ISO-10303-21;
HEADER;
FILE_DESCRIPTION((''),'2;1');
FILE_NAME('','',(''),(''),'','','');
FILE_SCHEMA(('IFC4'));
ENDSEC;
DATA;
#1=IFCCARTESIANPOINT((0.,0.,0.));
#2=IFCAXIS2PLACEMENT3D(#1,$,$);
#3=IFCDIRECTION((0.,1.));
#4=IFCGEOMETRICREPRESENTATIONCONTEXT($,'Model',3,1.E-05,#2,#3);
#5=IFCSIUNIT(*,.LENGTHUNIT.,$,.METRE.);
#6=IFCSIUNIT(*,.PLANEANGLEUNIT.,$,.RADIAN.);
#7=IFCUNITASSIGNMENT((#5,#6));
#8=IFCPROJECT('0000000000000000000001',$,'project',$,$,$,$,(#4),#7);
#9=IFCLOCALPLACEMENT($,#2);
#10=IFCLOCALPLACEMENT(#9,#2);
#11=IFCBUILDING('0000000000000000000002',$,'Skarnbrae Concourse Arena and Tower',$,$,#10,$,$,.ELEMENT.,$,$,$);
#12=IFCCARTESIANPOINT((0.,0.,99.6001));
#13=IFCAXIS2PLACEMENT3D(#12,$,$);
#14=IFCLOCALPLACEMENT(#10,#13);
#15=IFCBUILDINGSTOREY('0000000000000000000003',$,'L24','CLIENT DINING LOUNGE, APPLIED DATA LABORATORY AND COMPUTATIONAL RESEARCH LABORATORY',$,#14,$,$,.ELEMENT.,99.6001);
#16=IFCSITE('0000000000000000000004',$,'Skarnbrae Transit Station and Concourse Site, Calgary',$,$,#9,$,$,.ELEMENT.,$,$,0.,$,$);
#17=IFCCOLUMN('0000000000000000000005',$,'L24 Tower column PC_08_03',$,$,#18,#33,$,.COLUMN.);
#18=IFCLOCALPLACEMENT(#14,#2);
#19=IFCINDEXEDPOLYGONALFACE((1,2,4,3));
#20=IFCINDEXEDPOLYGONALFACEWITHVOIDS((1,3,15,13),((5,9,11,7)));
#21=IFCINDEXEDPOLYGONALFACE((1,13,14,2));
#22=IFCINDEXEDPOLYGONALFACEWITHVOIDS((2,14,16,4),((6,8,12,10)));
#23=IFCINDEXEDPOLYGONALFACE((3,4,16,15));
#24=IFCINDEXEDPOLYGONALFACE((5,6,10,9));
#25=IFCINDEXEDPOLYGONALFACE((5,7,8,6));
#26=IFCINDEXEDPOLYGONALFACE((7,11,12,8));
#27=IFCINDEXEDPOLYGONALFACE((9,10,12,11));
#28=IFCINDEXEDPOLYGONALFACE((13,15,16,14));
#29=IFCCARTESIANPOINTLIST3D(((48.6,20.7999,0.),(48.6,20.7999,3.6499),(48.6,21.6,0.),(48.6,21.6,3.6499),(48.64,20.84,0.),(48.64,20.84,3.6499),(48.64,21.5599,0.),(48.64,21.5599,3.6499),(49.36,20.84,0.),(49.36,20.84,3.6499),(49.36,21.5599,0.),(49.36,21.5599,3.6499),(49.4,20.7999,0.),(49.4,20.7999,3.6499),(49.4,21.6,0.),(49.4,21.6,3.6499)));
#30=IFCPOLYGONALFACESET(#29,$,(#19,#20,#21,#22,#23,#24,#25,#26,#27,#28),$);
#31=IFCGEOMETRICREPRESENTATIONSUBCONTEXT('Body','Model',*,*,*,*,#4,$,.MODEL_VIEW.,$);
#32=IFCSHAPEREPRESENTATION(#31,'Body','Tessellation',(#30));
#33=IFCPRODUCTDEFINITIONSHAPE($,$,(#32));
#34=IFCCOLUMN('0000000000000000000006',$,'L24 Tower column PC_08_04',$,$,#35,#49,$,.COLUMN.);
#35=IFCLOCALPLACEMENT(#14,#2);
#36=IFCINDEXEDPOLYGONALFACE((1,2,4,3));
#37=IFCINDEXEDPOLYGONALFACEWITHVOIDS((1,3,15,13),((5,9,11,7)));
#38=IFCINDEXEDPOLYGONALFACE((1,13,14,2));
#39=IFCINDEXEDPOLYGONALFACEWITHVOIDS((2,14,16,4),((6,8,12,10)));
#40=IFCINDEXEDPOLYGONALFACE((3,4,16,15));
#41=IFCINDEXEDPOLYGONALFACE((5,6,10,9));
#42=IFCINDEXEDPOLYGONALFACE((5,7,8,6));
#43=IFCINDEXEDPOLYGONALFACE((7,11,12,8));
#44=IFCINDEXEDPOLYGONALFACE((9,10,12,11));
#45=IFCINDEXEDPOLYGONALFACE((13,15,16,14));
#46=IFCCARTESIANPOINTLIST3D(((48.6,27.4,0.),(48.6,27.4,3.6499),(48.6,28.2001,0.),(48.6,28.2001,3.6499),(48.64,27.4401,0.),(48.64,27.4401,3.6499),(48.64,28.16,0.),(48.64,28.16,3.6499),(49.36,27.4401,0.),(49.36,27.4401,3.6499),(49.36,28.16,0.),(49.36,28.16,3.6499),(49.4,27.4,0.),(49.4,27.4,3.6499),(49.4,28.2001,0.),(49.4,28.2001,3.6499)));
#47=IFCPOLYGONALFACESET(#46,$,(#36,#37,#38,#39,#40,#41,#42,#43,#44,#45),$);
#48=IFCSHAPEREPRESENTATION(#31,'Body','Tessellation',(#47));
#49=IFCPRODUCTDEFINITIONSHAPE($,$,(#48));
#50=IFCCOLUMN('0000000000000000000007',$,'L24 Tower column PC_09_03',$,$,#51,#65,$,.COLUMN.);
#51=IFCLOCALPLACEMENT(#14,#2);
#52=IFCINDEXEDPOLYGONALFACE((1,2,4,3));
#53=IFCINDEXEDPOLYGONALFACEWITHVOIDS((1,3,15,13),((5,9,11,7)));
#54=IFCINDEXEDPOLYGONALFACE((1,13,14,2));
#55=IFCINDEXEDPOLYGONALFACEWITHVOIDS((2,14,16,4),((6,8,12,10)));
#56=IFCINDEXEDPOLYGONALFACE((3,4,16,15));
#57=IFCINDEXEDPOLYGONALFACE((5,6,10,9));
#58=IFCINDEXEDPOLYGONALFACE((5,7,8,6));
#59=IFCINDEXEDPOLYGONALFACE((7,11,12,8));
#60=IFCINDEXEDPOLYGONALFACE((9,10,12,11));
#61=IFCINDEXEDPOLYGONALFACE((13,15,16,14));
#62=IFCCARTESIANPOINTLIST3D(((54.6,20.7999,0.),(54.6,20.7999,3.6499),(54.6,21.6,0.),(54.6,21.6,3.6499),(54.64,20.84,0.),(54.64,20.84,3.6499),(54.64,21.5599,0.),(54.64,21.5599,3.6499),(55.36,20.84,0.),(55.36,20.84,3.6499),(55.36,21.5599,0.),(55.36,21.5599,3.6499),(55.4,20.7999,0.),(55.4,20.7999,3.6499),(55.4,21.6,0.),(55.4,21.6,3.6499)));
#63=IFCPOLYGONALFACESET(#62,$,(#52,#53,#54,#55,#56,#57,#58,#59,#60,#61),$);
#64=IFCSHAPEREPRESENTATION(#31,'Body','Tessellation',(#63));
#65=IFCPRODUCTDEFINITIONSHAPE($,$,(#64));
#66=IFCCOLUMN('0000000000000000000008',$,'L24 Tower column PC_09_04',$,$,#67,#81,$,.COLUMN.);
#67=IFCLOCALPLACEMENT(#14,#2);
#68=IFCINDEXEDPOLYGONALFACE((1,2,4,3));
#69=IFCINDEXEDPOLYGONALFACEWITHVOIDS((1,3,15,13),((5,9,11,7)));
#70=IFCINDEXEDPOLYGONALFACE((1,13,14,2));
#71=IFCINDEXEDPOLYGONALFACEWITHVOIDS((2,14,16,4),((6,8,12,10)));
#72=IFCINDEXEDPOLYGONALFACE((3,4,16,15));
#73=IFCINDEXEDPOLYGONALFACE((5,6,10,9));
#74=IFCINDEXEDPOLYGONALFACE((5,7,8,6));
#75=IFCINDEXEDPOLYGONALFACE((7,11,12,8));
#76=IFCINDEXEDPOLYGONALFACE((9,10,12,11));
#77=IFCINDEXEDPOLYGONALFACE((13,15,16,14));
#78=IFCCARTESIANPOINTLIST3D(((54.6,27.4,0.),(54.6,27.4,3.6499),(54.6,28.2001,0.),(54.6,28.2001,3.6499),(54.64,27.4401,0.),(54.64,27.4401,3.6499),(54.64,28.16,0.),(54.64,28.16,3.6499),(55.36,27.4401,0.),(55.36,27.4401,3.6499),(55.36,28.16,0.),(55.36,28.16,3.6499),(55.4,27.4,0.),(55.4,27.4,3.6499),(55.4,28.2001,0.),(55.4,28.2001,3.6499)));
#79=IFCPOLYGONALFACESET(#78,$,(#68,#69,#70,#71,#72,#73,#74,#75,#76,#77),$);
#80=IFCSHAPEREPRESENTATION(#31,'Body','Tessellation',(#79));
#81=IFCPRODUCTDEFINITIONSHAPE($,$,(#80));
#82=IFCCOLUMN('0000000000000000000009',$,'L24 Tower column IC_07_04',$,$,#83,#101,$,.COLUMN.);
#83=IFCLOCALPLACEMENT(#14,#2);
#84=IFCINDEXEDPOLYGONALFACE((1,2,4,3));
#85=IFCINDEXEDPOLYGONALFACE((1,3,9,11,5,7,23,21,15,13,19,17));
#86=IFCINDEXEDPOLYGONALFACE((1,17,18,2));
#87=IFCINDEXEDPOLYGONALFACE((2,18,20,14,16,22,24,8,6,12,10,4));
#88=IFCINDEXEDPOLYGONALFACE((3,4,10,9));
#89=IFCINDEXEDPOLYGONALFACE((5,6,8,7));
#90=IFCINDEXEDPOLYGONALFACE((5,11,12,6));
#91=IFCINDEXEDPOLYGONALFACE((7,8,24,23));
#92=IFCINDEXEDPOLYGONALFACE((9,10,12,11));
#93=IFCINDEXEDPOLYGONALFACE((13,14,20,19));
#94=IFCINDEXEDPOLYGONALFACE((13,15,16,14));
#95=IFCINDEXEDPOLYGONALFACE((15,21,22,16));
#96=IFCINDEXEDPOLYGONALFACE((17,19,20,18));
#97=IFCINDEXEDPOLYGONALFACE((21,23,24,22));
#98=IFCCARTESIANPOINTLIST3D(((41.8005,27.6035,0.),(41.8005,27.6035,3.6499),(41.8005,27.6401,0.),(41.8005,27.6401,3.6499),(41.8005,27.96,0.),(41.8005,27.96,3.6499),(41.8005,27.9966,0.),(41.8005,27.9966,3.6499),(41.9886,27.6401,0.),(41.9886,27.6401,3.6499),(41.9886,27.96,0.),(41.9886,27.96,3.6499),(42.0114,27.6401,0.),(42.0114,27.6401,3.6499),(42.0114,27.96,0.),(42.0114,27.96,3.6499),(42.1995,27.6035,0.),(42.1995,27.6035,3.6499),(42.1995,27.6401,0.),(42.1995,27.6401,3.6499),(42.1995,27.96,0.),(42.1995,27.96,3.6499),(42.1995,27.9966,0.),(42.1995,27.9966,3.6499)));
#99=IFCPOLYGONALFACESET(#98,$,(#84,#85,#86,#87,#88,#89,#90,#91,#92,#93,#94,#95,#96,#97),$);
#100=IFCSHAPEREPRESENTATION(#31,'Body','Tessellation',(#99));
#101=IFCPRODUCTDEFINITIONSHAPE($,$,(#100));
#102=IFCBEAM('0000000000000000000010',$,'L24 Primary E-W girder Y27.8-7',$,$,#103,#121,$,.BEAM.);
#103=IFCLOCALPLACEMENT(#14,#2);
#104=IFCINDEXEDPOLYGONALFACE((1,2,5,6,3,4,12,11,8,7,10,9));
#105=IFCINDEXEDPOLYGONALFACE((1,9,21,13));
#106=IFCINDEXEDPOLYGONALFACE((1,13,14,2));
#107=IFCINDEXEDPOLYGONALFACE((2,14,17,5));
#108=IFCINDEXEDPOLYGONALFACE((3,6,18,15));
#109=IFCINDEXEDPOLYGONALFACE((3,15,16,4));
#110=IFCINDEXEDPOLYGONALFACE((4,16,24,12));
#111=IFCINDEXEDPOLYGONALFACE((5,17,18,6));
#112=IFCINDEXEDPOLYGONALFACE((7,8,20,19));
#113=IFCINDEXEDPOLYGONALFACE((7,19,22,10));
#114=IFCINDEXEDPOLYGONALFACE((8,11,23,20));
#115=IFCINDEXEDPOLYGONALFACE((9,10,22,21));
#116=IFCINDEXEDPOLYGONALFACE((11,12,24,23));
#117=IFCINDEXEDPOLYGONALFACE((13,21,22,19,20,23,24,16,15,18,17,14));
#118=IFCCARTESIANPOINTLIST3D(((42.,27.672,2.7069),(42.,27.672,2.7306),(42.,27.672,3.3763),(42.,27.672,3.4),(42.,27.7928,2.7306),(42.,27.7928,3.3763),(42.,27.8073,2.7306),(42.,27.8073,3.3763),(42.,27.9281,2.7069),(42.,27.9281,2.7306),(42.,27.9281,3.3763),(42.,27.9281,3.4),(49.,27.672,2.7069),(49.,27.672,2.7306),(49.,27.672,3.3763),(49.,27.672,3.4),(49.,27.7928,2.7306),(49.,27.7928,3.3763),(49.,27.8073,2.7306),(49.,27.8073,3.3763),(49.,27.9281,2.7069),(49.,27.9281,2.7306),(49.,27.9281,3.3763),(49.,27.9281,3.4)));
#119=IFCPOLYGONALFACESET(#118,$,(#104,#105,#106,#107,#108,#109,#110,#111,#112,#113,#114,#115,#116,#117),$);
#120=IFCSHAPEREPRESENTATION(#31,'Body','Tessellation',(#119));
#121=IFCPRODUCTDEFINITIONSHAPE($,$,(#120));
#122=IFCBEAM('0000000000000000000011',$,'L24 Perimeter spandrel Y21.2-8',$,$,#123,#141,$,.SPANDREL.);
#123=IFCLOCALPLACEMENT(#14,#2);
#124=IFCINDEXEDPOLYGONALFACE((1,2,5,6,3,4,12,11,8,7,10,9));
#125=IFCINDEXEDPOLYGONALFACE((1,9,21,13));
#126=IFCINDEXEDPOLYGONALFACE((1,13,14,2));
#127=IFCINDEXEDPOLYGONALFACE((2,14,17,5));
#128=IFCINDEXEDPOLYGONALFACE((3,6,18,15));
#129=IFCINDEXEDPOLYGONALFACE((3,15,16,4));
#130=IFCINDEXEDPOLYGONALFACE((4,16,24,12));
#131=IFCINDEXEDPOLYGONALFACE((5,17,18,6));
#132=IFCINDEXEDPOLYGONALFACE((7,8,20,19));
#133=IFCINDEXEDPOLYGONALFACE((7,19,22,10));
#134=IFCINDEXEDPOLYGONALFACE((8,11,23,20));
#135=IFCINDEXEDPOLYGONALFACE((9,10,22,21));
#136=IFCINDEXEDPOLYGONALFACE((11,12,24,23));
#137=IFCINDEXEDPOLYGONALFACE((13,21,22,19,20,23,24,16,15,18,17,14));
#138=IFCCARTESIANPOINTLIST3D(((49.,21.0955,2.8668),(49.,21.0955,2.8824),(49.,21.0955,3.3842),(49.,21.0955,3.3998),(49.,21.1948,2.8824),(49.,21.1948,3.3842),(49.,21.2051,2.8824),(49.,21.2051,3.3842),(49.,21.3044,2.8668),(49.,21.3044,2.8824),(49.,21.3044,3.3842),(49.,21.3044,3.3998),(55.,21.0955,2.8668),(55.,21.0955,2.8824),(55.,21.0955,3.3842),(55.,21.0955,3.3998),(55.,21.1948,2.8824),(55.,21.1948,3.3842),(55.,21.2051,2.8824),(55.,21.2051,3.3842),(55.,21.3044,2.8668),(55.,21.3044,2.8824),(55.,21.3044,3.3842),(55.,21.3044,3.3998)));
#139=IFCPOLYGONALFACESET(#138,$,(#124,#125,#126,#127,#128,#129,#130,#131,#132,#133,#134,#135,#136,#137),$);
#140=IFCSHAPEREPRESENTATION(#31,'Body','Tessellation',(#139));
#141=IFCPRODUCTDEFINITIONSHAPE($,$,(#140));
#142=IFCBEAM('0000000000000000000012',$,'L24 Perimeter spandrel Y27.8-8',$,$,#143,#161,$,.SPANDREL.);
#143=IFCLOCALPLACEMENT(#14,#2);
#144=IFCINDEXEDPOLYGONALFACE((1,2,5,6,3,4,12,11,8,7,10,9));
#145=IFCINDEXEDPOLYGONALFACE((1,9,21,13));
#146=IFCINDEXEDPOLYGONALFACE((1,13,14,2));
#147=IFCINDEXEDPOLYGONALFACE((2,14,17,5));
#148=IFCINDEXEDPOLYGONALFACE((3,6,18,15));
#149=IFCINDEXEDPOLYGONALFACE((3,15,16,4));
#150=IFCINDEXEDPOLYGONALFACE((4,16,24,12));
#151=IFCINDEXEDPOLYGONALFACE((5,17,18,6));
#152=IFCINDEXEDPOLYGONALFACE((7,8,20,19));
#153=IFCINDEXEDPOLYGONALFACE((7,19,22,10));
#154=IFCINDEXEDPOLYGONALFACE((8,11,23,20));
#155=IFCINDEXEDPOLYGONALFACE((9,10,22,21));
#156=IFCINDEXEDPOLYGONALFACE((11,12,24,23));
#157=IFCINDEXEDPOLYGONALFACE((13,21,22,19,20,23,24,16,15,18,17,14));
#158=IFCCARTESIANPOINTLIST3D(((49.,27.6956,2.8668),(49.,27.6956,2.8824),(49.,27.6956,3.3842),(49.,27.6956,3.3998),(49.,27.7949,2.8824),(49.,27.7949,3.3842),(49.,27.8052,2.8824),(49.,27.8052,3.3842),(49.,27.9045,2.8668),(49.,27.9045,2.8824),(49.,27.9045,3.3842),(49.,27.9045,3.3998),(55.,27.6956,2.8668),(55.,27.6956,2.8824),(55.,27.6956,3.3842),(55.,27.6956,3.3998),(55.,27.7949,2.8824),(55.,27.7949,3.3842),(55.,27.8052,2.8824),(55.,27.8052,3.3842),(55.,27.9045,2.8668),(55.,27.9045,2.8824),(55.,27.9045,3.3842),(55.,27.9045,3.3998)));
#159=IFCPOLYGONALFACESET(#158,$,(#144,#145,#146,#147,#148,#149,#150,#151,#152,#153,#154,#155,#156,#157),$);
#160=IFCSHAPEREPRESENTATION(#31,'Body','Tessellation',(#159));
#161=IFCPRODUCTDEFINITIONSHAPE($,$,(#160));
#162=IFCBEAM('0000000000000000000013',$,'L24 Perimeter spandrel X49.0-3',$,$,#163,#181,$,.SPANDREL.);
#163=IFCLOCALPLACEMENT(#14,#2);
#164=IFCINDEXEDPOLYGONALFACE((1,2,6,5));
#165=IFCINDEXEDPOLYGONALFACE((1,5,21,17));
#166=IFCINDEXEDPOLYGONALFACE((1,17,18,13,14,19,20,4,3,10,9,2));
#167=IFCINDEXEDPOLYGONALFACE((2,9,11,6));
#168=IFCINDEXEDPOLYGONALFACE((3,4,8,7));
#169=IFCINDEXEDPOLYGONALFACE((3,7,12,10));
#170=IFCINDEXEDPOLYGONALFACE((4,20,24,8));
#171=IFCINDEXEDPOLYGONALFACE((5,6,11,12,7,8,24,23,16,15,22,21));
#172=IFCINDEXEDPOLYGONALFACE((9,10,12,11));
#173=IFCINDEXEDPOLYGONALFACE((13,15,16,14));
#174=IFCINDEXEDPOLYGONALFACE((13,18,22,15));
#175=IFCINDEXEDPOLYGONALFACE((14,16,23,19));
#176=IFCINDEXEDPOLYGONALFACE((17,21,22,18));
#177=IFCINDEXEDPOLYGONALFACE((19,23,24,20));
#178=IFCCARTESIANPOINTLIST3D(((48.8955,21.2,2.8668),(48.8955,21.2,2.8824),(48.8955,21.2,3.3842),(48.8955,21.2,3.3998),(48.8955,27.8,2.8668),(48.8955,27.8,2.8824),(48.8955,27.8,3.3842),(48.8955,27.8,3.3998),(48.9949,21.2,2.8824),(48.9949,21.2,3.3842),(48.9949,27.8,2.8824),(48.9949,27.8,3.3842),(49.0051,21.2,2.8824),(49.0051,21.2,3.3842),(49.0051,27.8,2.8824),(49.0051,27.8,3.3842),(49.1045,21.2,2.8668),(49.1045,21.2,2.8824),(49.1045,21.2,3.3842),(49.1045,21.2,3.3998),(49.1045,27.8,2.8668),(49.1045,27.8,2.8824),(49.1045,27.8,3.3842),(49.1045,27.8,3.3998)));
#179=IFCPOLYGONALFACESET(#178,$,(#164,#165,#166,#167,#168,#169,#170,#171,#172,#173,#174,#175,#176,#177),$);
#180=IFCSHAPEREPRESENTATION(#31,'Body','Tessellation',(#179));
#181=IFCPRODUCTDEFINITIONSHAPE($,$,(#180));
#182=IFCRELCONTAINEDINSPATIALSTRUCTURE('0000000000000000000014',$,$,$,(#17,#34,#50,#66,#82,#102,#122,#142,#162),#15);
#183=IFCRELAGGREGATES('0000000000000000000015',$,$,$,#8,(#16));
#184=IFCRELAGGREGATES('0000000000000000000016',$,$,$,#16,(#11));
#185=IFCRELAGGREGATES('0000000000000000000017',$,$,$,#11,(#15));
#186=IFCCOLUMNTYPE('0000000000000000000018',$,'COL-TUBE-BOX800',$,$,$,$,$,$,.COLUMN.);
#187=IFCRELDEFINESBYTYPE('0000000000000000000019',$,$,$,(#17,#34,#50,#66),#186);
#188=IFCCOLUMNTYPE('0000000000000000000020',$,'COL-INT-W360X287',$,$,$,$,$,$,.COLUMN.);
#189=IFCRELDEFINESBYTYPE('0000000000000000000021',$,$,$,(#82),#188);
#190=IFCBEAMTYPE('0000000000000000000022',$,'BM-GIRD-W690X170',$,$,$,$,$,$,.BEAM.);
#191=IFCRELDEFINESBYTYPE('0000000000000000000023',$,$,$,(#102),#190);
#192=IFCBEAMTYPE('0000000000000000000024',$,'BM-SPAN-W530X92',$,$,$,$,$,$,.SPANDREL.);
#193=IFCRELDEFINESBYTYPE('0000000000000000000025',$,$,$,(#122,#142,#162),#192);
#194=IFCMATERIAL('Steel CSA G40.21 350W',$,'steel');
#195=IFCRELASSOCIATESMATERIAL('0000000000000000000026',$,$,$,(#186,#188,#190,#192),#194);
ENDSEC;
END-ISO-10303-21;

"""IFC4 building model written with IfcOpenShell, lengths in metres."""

from ifc_helpers import new_model, si_unit, direction, frame, origin, origin_2d, place, context, subcontext, project, spatial, hollow_rectangle, i_section, extrude, source, transform, mapped, material, material_profile, profile_set, type_object, element, save


model = new_model("IFC4")

# Units and contexts
model_context = context("Model", 3, precision=1e-05, world=origin(), true_north=direction((0.0, 1.0)))
body_context = subcontext(model_context, "Body", "Model", "MODEL_VIEW")
ifc_project = project(units=[si_unit("LENGTHUNIT", "METRE"), si_unit("PLANEANGLEUNIT", "RADIAN")], contexts=[model_context])

# Site, building, storey
site_placement = place(None, origin())
site = spatial("IfcSite", under=ifc_project, at=site_placement, Name="Skarnbrae Transit Station and Concourse Site, Calgary", CompositionType="ELEMENT", RefElevation=0.0)
building_placement = place(site_placement, origin())
building = spatial("IfcBuilding", under=site, at=building_placement, Name="Skarnbrae Concourse Arena and Tower", CompositionType="ELEMENT")
storey_placement = place(building_placement, frame((0.0, 0.0, 99.6001)))
storey = spatial("IfcBuildingStorey", under=building, at=storey_placement, Name="L24", Description="CLIENT DINING LOUNGE, APPLIED DATA LABORATORY AND COMPUTATIONAL RESEARCH LABORATORY", CompositionType="ELEMENT", Elevation=99.6001)

# Columns
ifc_material_1 = material(Name="Steel CSA G40.21 350W", Category="steel")
ifc_material_profile_1 = material_profile(ifc_material_1, hollow_rectangle(XDim=0.8, YDim=0.8, WallThickness=0.04, at=origin_2d()), Name="BOX800X800X40")
ifc_profile_set_1 = profile_set([ifc_material_profile_1], Name="Steel CSA G40.21 350W")
column_type_1 = type_object("IfcColumnType", Name="COL-TUBE-BOX800", PredefinedType="COLUMN", material=ifc_profile_set_1)
shared_shape_1 = source(origin(), body_context, "Body", "SweptSolid", [
    extrude(hollow_rectangle(XDim=0.8, YDim=0.8, WallThickness=0.04, at=origin_2d()), origin(), (0.0, 0.0, 1.0), 3.6499),
])
for number, where, z_axis, x_axis, name in (
    (1, (49.0, 21.2, 0.0), (0.0, 0.0, 1.0), (1.0, 0.0, 0.0), "L24 Tower column PC_08_03"),
    (2, (49.0, 27.8, 0.0), (0.0, 0.0, 1.0), (1.0, 0.0, 0.0), "L24 Tower column PC_08_04"),
    (3, (55.0, 21.2, 0.0), (0.0, 0.0, 1.0), (1.0, 0.0, 0.0), "L24 Tower column PC_09_03"),
    (4, (55.0, 27.8, 0.0), (0.0, 0.0, 1.0), (1.0, 0.0, 0.0), "L24 Tower column PC_09_04"),
):
    element("IfcColumn", number, at=place(storey_placement, frame(where, z_axis=z_axis, x_axis=x_axis)), inside=storey, type_object=column_type_1, Name=name, PredefinedType="COLUMN", context=body_context, shape_type="MappedRepresentation", body=[
        mapped(shared_shape_1, transform((0.0, 0.0, 0.0))),
    ])
ifc_material_profile_2 = material_profile(ifc_material_1, i_section(OverallWidth=0.3989, OverallDepth=0.3931, WebThickness=0.0227, FlangeThickness=0.0366, at=origin_2d()), Name="W360X287")
ifc_profile_set_2 = profile_set([ifc_material_profile_2], Name="Steel CSA G40.21 350W")
column_type_2 = type_object("IfcColumnType", Name="COL-INT-W360X287", PredefinedType="COLUMN", material=ifc_profile_set_2)
shared_shape_2 = source(origin(), body_context, "Body", "SweptSolid", [
    extrude(i_section(OverallWidth=0.3989, OverallDepth=0.3931, WebThickness=0.0227, FlangeThickness=0.0366, at=origin_2d()), origin(), (0.0, 0.0, 1.0), 3.6499),
])
column_placement = place(storey_placement, frame((42.0, 27.8, 0.0), z_axis=(0.0, 0.0, 1.0), x_axis=(1.0, 0.0, 0.0)))
element("IfcColumn", 5, at=column_placement, inside=storey, type_object=column_type_2, Name="L24 Tower column IC_07_04", PredefinedType="COLUMN", context=body_context, shape_type="MappedRepresentation", body=[
    mapped(shared_shape_2, transform((0.0, 0.0, 0.0))),
])

# Beams
ifc_material_profile_3 = material_profile(ifc_material_1, i_section(OverallWidth=0.2561, OverallDepth=0.6931, WebThickness=0.0144, FlangeThickness=0.0237, at=origin_2d()), Name="W690X170")
ifc_profile_set_3 = profile_set([ifc_material_profile_3], Name="Steel CSA G40.21 350W")
beam_type_1 = type_object("IfcBeamType", Name="BM-GIRD-W690X170", PredefinedType="BEAM", material=ifc_profile_set_3)
shared_shape_3 = source(origin(), body_context, "Body", "SweptSolid", [
    extrude(i_section(OverallWidth=0.2561, OverallDepth=0.6931, WebThickness=0.0144, FlangeThickness=0.0237, at=origin_2d()), origin(), (0.0, 0.0, 1.0), 7.0),
])
beam_1_placement = place(storey_placement, frame((42.0, 27.8, 3.0535), z_axis=(1.0, 0.0, 0.0), x_axis=(0.0, 1.0, 0.0)))
element("IfcBeam", 6, at=beam_1_placement, inside=storey, type_object=beam_type_1, Name="L24 Primary E-W girder Y27.8-7", PredefinedType="BEAM", context=body_context, shape_type="MappedRepresentation", body=[
    mapped(shared_shape_3, transform((0.0, 0.0, 0.0))),
])
ifc_material_profile_4 = material_profile(ifc_material_1, i_section(OverallWidth=0.209, OverallDepth=0.533, WebThickness=0.0103, FlangeThickness=0.0156, at=origin_2d()), Name="W530X92")
ifc_profile_set_4 = profile_set([ifc_material_profile_4], Name="Steel CSA G40.21 350W")
beam_type_2 = type_object("IfcBeamType", Name="BM-SPAN-W530X92", PredefinedType="SPANDREL", material=ifc_profile_set_4)
shared_shape_4 = source(origin(), body_context, "Body", "SweptSolid", [
    extrude(i_section(OverallWidth=0.209, OverallDepth=0.533, WebThickness=0.0103, FlangeThickness=0.0156, at=origin_2d()), origin(), (0.0, 0.0, 1.0), 6.0),
])
for number, where, z_axis, x_axis, name in (
    (7, (49.0, 21.2, 3.1333), (1.0, 0.0, 0.0), (0.0, 1.0, 0.0), "L24 Perimeter spandrel Y21.2-8"),
    (8, (49.0, 27.8, 3.1333), (1.0, 0.0, 0.0), (0.0, 1.0, 0.0), "L24 Perimeter spandrel Y27.8-8"),
):
    element("IfcBeam", number, at=place(storey_placement, frame(where, z_axis=z_axis, x_axis=x_axis)), inside=storey, type_object=beam_type_2, Name=name, PredefinedType="SPANDREL", context=body_context, shape_type="MappedRepresentation", body=[
        mapped(shared_shape_4, transform((0.0, 0.0, 0.0))),
    ])
shared_shape_5 = source(origin(), body_context, "Body", "SweptSolid", [
    extrude(i_section(OverallWidth=0.209, OverallDepth=0.533, WebThickness=0.0103, FlangeThickness=0.0156, at=origin_2d()), origin(), (0.0, 0.0, 1.0), 6.6001),
])
for number, where, z_axis, x_axis, name in (
    (9, (49.0, 21.2, 3.1333), (0.0, 1.0, 0.0), (-1.0, 0.0, 0.0), "L24 Perimeter spandrel X49.0-3"),
):
    element("IfcBeam", number, at=place(storey_placement, frame(where, z_axis=z_axis, x_axis=x_axis)), inside=storey, type_object=beam_type_2, Name=name, PredefinedType="SPANDREL", context=body_context, shape_type="MappedRepresentation", body=[
        mapped(shared_shape_5, transform((0.0, 0.0, 0.0))),
    ])

save(model, "model.ifc")
